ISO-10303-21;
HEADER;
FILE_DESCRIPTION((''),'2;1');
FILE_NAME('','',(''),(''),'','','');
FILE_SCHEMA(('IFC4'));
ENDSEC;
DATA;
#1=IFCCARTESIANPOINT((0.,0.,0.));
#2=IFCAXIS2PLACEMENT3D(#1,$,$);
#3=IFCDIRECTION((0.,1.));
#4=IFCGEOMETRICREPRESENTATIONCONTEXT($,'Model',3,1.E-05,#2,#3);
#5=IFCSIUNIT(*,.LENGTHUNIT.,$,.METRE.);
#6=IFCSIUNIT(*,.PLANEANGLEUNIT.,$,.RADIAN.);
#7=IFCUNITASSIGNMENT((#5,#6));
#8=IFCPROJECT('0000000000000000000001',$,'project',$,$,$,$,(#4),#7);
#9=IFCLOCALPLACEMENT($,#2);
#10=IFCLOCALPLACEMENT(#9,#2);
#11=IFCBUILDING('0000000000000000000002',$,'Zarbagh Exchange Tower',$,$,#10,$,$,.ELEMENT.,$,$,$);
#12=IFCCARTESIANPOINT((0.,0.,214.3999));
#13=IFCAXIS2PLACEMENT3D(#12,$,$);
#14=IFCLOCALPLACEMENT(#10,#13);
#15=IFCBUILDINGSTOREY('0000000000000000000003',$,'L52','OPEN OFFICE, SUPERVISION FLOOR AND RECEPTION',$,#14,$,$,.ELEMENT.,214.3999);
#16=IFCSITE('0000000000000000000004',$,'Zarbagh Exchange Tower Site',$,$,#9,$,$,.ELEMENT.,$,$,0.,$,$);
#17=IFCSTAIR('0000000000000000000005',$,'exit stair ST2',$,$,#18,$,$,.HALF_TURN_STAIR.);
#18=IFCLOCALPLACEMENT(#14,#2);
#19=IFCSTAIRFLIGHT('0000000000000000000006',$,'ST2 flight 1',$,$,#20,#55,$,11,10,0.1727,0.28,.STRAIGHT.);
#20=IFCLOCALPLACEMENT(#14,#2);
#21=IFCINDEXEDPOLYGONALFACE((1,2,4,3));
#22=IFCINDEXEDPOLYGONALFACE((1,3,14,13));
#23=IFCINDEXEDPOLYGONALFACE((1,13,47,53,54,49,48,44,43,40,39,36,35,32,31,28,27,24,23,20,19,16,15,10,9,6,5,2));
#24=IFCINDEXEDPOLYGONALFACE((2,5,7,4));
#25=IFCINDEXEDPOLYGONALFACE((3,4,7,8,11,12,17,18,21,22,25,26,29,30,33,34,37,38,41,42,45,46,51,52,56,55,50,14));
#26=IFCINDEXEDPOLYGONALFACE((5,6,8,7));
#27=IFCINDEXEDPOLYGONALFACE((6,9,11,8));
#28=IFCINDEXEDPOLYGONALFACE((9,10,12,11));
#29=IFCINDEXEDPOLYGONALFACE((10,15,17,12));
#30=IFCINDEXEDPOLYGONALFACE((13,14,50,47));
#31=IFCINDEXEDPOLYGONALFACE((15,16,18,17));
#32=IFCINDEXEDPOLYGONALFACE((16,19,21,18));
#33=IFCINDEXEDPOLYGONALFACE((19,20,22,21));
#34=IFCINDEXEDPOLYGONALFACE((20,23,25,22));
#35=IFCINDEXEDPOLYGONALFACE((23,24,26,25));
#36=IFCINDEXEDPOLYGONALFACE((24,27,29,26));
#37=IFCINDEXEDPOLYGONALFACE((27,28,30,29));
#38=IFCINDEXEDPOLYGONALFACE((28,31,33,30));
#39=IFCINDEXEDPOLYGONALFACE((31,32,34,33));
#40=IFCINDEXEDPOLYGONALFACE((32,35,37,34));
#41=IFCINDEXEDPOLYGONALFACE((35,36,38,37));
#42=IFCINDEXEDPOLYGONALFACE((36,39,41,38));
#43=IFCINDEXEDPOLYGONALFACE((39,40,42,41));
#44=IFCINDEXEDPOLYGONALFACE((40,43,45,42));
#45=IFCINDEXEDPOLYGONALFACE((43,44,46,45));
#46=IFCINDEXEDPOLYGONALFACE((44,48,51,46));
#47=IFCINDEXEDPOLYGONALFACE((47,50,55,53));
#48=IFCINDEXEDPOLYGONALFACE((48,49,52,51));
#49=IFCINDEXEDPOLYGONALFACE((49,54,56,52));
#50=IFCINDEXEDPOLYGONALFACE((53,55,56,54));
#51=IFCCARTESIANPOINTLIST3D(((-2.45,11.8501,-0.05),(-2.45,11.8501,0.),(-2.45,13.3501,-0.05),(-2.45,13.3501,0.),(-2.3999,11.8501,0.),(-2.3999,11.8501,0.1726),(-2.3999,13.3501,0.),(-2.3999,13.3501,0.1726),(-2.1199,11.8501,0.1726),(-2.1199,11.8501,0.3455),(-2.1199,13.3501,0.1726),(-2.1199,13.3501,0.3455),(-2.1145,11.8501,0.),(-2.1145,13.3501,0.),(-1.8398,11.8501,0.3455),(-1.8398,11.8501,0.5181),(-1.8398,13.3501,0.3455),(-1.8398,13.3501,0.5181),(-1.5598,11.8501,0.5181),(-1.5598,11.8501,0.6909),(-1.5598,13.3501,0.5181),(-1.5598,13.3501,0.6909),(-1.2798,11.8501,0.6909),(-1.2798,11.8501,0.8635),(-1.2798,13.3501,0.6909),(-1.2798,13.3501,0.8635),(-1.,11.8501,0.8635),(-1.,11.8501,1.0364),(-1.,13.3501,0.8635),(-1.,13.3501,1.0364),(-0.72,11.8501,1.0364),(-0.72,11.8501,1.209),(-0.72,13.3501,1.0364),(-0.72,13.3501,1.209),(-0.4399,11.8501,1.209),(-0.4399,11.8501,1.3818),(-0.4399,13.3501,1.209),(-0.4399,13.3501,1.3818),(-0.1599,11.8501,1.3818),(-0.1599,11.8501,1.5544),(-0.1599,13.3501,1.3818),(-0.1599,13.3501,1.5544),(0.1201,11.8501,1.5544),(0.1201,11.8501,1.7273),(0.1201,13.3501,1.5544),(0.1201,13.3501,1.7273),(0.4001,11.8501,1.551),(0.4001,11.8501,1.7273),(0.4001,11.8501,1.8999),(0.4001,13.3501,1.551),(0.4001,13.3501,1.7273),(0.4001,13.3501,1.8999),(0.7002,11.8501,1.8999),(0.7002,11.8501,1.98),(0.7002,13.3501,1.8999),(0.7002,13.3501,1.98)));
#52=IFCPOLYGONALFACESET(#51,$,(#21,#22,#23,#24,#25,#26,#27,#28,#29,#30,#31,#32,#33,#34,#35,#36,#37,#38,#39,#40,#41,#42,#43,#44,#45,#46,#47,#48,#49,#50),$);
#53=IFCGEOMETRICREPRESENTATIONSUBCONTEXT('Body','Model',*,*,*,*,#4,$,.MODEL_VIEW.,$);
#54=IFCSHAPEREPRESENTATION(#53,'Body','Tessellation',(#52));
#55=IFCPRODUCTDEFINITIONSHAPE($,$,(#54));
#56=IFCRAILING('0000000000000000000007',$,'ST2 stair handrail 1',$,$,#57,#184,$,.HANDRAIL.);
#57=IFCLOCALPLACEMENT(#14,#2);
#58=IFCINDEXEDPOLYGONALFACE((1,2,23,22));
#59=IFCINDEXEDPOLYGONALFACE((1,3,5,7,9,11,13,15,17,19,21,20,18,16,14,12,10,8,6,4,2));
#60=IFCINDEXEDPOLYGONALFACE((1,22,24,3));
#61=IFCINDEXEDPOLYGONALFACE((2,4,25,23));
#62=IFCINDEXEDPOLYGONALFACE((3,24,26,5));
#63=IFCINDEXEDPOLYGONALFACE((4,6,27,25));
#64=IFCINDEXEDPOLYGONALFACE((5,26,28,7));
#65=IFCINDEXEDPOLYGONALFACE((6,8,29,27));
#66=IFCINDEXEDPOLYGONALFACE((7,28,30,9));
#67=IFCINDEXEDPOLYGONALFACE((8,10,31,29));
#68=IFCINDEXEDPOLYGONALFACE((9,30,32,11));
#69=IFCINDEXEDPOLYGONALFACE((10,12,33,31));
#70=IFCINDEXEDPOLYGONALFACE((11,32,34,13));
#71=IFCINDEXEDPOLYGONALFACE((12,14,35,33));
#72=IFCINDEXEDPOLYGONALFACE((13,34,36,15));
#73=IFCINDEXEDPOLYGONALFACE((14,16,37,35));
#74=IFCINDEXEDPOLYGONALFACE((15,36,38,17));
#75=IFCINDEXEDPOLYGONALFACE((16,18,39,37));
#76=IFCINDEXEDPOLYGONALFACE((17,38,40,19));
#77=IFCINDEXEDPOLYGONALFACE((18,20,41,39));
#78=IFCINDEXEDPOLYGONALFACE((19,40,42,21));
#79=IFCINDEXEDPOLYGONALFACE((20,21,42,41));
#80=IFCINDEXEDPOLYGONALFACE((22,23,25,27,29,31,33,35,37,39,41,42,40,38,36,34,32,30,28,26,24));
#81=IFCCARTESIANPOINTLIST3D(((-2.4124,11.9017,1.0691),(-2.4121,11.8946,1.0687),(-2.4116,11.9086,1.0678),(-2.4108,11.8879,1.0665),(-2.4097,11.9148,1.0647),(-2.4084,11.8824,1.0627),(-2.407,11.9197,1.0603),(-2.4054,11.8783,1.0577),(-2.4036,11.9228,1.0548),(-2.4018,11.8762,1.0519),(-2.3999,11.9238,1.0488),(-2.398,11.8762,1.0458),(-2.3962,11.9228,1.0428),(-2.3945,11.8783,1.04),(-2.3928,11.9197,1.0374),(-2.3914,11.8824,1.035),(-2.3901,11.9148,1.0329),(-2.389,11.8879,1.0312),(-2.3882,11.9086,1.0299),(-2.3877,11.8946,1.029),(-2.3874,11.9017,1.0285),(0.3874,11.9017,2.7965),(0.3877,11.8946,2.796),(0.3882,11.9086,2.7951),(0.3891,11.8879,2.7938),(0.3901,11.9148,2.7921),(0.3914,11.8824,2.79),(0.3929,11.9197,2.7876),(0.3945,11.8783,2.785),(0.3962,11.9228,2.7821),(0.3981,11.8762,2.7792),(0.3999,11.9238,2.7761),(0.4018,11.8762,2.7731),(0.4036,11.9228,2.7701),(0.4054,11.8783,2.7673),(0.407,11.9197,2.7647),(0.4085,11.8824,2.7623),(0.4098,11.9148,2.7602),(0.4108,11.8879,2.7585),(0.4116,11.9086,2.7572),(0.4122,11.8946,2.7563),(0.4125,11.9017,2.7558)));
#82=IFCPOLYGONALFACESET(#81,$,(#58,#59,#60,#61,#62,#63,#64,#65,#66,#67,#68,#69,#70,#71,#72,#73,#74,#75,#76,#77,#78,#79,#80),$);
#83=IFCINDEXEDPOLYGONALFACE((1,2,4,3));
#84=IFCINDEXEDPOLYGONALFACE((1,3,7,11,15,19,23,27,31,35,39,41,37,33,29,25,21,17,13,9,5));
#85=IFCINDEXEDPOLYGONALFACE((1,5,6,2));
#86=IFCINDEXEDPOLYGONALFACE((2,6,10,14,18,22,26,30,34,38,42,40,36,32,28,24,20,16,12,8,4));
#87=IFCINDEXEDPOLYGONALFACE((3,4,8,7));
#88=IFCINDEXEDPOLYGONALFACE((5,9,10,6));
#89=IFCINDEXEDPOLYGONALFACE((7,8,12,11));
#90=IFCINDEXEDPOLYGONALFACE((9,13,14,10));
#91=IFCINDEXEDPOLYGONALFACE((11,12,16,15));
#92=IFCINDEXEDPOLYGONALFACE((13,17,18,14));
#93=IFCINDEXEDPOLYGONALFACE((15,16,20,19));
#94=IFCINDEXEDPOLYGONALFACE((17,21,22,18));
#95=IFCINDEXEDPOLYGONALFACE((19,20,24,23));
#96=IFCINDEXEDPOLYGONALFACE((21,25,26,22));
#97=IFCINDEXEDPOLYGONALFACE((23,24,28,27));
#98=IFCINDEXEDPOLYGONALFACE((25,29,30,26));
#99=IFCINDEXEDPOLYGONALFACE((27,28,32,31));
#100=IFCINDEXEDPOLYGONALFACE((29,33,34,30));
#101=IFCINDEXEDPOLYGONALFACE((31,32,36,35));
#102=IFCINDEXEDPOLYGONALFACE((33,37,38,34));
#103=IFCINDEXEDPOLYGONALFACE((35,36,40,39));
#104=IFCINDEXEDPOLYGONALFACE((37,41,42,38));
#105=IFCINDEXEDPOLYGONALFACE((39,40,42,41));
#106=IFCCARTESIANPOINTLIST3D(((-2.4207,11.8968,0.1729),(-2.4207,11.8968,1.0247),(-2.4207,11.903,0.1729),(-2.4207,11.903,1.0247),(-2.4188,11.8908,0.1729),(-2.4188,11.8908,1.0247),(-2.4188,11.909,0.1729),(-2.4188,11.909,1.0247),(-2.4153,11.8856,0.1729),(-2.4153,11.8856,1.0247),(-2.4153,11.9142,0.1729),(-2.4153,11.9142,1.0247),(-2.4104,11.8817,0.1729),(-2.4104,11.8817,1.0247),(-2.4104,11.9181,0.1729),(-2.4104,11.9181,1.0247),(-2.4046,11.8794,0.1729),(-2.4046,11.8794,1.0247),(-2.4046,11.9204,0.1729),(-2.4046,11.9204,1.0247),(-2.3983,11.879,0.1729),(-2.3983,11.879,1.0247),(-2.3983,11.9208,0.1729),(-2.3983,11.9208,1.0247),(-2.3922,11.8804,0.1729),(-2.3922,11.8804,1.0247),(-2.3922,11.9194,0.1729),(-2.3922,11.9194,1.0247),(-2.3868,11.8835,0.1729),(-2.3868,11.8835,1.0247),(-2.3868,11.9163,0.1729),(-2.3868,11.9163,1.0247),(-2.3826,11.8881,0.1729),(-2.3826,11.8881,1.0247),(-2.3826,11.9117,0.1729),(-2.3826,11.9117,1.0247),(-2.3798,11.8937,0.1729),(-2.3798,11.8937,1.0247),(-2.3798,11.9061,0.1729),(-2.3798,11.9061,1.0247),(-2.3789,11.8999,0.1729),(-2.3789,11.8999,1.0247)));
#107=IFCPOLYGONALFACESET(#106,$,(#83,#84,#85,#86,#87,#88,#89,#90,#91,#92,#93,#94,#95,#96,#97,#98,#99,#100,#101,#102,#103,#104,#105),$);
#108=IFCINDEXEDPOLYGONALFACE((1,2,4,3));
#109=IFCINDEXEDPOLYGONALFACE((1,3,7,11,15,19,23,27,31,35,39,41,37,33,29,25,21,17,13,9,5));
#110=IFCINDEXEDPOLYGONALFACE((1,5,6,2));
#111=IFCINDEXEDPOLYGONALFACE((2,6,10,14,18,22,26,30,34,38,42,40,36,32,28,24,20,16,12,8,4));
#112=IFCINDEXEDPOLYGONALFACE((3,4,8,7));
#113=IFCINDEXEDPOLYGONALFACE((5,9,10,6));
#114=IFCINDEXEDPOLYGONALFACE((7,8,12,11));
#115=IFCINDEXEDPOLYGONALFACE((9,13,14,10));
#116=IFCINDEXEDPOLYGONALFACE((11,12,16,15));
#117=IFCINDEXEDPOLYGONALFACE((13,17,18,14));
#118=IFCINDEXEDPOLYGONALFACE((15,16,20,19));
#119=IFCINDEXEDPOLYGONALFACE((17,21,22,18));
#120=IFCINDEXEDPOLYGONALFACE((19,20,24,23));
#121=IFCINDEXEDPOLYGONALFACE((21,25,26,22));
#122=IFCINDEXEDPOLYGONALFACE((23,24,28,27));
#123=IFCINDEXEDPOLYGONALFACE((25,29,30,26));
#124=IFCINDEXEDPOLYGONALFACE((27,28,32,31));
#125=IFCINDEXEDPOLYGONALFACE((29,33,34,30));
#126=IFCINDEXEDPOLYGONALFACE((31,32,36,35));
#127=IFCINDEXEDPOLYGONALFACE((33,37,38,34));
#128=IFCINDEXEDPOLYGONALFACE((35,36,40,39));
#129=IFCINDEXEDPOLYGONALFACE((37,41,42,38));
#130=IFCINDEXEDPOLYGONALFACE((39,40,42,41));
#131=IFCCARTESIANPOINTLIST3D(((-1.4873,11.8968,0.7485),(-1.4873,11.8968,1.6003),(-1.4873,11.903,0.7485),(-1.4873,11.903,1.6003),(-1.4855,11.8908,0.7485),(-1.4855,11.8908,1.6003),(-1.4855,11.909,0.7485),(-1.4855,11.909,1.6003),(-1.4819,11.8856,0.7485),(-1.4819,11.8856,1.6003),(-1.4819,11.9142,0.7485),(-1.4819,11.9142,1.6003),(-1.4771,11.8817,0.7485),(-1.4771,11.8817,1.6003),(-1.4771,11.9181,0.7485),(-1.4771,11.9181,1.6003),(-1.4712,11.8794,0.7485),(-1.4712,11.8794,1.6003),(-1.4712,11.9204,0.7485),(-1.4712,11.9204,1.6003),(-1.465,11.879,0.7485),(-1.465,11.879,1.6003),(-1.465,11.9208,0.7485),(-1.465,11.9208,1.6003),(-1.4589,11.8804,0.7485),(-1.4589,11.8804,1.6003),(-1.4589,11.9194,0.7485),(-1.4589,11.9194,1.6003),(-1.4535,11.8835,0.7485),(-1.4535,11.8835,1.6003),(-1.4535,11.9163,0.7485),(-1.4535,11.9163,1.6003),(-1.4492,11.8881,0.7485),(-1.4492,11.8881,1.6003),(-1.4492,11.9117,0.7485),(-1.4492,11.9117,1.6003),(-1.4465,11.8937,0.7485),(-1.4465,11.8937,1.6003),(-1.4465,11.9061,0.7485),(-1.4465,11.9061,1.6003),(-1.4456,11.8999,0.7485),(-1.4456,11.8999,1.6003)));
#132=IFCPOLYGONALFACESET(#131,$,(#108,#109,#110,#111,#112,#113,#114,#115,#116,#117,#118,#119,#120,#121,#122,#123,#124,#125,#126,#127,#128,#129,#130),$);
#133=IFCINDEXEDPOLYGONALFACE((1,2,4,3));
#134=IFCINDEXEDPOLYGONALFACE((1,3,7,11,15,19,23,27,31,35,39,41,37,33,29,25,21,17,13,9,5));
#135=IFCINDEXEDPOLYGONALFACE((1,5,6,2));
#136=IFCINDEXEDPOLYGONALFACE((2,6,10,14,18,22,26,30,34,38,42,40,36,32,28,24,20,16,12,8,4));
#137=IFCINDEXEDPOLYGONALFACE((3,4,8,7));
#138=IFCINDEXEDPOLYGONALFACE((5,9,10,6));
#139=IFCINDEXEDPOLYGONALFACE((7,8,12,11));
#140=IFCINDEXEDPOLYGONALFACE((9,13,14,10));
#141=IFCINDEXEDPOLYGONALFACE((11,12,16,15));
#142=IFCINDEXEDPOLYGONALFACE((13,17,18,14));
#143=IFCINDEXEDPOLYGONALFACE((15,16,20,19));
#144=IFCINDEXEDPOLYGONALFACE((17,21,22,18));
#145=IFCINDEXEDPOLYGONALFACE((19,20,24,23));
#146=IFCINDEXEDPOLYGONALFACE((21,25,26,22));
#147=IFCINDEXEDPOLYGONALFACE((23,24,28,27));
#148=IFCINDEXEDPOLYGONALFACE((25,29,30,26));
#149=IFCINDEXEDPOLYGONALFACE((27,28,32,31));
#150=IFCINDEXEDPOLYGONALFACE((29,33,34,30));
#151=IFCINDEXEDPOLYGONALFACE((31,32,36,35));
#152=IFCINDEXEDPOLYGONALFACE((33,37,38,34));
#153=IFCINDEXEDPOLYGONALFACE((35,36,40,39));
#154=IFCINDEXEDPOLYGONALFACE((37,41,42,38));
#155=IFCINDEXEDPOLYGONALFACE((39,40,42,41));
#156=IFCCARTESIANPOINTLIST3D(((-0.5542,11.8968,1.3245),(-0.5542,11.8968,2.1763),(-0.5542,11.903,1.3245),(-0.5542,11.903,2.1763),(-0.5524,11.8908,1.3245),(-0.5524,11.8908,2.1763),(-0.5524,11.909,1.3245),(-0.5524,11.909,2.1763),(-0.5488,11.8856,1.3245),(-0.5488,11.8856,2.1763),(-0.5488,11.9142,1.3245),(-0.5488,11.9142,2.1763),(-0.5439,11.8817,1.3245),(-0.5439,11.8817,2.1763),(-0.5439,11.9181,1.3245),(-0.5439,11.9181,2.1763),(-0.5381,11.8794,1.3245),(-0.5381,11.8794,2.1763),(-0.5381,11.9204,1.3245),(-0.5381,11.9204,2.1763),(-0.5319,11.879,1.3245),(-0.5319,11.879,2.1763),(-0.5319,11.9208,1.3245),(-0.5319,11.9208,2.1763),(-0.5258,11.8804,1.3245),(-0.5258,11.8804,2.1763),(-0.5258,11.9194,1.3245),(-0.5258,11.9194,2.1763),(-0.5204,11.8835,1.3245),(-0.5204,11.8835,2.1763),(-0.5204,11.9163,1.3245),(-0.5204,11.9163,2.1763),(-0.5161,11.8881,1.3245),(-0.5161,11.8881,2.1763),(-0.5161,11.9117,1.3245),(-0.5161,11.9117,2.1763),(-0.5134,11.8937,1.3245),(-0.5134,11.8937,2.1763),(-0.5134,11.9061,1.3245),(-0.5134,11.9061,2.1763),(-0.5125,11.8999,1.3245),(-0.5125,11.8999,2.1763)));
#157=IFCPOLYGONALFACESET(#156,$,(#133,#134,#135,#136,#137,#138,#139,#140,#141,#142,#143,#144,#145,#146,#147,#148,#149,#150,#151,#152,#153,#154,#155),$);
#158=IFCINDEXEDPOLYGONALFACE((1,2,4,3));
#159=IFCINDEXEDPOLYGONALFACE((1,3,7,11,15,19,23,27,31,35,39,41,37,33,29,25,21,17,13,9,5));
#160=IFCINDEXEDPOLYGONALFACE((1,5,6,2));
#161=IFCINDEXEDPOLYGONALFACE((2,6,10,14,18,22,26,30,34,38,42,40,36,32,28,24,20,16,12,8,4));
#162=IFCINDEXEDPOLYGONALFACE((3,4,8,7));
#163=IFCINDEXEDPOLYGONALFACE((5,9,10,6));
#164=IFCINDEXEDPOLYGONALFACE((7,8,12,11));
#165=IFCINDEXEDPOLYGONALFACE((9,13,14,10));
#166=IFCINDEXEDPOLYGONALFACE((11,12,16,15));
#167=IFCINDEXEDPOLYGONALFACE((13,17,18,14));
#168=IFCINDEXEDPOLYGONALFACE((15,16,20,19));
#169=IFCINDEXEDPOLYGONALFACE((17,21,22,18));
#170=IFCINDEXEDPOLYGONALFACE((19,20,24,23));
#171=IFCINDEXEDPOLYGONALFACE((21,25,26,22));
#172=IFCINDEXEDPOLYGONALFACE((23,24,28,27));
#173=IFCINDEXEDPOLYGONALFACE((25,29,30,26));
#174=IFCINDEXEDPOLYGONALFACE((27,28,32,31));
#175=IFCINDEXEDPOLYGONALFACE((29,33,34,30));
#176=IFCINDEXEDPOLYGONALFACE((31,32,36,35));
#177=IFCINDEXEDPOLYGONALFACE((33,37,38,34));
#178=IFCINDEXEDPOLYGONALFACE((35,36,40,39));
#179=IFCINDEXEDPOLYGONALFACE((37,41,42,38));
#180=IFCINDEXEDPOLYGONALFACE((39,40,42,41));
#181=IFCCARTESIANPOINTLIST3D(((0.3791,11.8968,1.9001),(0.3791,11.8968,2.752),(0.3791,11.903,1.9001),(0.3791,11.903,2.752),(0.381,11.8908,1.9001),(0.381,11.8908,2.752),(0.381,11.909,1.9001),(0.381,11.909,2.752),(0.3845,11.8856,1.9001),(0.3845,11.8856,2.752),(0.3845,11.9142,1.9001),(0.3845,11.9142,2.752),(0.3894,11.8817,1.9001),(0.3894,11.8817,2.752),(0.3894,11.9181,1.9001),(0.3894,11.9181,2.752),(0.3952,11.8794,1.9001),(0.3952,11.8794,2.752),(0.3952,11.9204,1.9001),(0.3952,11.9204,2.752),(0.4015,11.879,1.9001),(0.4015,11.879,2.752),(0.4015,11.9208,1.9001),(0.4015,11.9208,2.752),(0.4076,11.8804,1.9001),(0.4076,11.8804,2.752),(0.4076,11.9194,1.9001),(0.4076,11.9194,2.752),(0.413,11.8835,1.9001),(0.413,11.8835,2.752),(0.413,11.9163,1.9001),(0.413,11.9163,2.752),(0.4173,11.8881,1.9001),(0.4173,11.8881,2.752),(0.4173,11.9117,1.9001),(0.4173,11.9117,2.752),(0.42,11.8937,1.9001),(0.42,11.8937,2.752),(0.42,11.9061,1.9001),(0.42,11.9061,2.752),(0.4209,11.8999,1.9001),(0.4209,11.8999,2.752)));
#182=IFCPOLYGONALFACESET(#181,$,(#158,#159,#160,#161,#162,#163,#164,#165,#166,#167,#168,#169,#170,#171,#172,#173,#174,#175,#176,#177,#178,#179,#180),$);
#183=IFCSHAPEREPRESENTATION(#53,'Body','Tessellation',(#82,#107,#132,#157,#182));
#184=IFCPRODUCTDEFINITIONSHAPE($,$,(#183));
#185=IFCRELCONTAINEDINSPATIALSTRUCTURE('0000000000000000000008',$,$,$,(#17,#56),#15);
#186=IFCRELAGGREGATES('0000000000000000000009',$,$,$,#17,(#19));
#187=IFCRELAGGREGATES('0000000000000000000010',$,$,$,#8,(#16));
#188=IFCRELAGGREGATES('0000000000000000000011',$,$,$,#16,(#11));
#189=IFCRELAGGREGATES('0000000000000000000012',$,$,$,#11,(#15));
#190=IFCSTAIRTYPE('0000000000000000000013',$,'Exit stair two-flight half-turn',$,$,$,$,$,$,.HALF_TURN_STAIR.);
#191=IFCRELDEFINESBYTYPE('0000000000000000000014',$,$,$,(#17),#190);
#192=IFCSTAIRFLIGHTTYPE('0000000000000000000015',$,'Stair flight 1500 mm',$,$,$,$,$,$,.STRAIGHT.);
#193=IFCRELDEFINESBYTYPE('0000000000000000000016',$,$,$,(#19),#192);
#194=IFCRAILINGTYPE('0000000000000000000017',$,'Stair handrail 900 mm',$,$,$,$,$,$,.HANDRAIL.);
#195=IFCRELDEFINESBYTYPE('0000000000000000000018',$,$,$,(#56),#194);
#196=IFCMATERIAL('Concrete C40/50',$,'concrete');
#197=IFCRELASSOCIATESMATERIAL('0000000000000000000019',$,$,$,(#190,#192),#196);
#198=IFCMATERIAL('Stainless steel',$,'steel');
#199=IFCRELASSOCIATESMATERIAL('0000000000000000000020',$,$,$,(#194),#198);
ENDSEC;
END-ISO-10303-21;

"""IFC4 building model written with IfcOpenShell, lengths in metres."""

from ifc_helpers import new_model, si_unit, direction, frame, origin, origin_2d, place, context, subcontext, project, spatial, polyline, circle, outline, extrude, material, type_object, element, aggregate, save


model = new_model("IFC4")

# Units and contexts
model_context = context("Model", 3, precision=1e-05, world=origin(), true_north=direction((0.0, 1.0)))
body_context = subcontext(model_context, "Body", "Model", "MODEL_VIEW")
ifc_project = project(units=[si_unit("LENGTHUNIT", "METRE"), si_unit("PLANEANGLEUNIT", "RADIAN")], contexts=[model_context])

# Site, building, storey
site_placement = place(None, origin())
site = spatial("IfcSite", under=ifc_project, at=site_placement, Name="Zarbagh Exchange Tower Site", CompositionType="ELEMENT", RefElevation=0.0)
building_placement = place(site_placement, origin())
building = spatial("IfcBuilding", under=site, at=building_placement, Name="Zarbagh Exchange Tower", CompositionType="ELEMENT")
storey_placement = place(building_placement, frame((0.0, 0.0, 214.3999)))
storey = spatial("IfcBuildingStorey", under=building, at=storey_placement, Name="L52", Description="OPEN OFFICE, SUPERVISION FLOOR AND RECEPTION", CompositionType="ELEMENT", Elevation=214.3999)

# Shared definitions
ifc_material_1 = material(Name="Concrete C40/50", Category="concrete")

# Stair, stair flight
stair_type = type_object("IfcStairType", Name="Exit stair two-flight half-turn", PredefinedType="HALF_TURN_STAIR", material=ifc_material_1)
stair_placement = place(storey_placement, origin())
stair = element("IfcStair", 1, at=stair_placement, inside=storey, type_object=stair_type, Name="exit stair ST2", PredefinedType="HALF_TURN_STAIR")
stair_flight_type = type_object("IfcStairFlightType", Name="Stair flight 1500 mm", PredefinedType="STRAIGHT", material=ifc_material_1)
stair_flight_placement = place(storey_placement, frame((-2.3999, 12.6001, 0.0), z_axis=(0.0, 0.0, 1.0), x_axis=(1.0, 0.0, 0.0)))
stair_flight = element("IfcStairFlight", 2, at=stair_flight_placement, type_object=stair_flight_type, Name="ST2 flight 1", NumberOfRisers=11, NumberOfTreads=10, PredefinedType="STRAIGHT", RiserHeight=0.1727, TreadLength=0.28, context=body_context, shape_type="SweptSolid", body=[
    extrude(outline(polyline([(-0.05, -0.05), (-0.05, 0.0), (0.0, 0.0), (0.0, 0.1726), (0.28, 0.1726), (0.28, 0.3455), (0.5601, 0.3455), (0.5601, 0.5181), (0.8401, 0.5181), (0.8401, 0.6909), (1.1201, 0.6909), (1.1201, 0.8635), (1.3999, 0.8635), (1.3999, 1.0364), (1.6799, 1.0364), (1.6799, 1.209), (1.96, 1.209), (1.96, 1.3818), (2.24, 1.3818), (2.24, 1.5544), (2.52, 1.5544), (2.52, 1.7273), (2.8, 1.7273), (2.8, 1.8999), (3.1001, 1.98), (3.1001, 1.8999), (2.8, 1.551), (0.2854, 0.0), (-0.05, -0.05)])), frame((0.0, 0.75, 0.0), z_axis=(0.0, -1.0, 0.0), x_axis=(1.0, 0.0, 0.0)), (0.0, 0.0, 1.0), 1.5),
])
aggregate(stair, [stair_flight])

# Railing
ifc_material_2 = material(Name="Stainless steel", Category="steel")
railing_type_1 = type_object("IfcRailingType", Name="Stair handrail 900 mm", PredefinedType="HANDRAIL", material=ifc_material_2)
railing_1_placement = place(storey_placement, frame((-2.3999, 11.8999, 0.1729)))
element("IfcRailing", 3, at=railing_1_placement, inside=storey, type_object=railing_type_1, Name="ST2 stair handrail 1", PredefinedType="HANDRAIL", context=body_context, shape_type="SweptSolid", body=[
    extrude(circle(Radius=0.0239, at=origin_2d()), frame((0.0, 0.0, 0.876), z_axis=(0.851069, 0.0, 0.525054), x_axis=(0.0, 1.0, 0.0)), (0.0, 0.0, 1.0), 3.2898),
    extrude(circle(Radius=0.021, at=origin_2d()), origin(), (0.0, 0.0, 1.0), 0.8518),
    extrude(circle(Radius=0.021, at=origin_2d()), frame((0.9333, 0.0, 0.5757)), (0.0, 0.0, 1.0), 0.8518),
    extrude(circle(Radius=0.021, at=origin_2d()), frame((1.8665, 0.0, 1.1516)), (0.0, 0.0, 1.0), 0.8518),
    extrude(circle(Radius=0.021, at=origin_2d()), frame((2.7998, 0.0, 1.7273)), (0.0, 0.0, 1.0), 0.8518),
])

save(model, "model.ifc")
